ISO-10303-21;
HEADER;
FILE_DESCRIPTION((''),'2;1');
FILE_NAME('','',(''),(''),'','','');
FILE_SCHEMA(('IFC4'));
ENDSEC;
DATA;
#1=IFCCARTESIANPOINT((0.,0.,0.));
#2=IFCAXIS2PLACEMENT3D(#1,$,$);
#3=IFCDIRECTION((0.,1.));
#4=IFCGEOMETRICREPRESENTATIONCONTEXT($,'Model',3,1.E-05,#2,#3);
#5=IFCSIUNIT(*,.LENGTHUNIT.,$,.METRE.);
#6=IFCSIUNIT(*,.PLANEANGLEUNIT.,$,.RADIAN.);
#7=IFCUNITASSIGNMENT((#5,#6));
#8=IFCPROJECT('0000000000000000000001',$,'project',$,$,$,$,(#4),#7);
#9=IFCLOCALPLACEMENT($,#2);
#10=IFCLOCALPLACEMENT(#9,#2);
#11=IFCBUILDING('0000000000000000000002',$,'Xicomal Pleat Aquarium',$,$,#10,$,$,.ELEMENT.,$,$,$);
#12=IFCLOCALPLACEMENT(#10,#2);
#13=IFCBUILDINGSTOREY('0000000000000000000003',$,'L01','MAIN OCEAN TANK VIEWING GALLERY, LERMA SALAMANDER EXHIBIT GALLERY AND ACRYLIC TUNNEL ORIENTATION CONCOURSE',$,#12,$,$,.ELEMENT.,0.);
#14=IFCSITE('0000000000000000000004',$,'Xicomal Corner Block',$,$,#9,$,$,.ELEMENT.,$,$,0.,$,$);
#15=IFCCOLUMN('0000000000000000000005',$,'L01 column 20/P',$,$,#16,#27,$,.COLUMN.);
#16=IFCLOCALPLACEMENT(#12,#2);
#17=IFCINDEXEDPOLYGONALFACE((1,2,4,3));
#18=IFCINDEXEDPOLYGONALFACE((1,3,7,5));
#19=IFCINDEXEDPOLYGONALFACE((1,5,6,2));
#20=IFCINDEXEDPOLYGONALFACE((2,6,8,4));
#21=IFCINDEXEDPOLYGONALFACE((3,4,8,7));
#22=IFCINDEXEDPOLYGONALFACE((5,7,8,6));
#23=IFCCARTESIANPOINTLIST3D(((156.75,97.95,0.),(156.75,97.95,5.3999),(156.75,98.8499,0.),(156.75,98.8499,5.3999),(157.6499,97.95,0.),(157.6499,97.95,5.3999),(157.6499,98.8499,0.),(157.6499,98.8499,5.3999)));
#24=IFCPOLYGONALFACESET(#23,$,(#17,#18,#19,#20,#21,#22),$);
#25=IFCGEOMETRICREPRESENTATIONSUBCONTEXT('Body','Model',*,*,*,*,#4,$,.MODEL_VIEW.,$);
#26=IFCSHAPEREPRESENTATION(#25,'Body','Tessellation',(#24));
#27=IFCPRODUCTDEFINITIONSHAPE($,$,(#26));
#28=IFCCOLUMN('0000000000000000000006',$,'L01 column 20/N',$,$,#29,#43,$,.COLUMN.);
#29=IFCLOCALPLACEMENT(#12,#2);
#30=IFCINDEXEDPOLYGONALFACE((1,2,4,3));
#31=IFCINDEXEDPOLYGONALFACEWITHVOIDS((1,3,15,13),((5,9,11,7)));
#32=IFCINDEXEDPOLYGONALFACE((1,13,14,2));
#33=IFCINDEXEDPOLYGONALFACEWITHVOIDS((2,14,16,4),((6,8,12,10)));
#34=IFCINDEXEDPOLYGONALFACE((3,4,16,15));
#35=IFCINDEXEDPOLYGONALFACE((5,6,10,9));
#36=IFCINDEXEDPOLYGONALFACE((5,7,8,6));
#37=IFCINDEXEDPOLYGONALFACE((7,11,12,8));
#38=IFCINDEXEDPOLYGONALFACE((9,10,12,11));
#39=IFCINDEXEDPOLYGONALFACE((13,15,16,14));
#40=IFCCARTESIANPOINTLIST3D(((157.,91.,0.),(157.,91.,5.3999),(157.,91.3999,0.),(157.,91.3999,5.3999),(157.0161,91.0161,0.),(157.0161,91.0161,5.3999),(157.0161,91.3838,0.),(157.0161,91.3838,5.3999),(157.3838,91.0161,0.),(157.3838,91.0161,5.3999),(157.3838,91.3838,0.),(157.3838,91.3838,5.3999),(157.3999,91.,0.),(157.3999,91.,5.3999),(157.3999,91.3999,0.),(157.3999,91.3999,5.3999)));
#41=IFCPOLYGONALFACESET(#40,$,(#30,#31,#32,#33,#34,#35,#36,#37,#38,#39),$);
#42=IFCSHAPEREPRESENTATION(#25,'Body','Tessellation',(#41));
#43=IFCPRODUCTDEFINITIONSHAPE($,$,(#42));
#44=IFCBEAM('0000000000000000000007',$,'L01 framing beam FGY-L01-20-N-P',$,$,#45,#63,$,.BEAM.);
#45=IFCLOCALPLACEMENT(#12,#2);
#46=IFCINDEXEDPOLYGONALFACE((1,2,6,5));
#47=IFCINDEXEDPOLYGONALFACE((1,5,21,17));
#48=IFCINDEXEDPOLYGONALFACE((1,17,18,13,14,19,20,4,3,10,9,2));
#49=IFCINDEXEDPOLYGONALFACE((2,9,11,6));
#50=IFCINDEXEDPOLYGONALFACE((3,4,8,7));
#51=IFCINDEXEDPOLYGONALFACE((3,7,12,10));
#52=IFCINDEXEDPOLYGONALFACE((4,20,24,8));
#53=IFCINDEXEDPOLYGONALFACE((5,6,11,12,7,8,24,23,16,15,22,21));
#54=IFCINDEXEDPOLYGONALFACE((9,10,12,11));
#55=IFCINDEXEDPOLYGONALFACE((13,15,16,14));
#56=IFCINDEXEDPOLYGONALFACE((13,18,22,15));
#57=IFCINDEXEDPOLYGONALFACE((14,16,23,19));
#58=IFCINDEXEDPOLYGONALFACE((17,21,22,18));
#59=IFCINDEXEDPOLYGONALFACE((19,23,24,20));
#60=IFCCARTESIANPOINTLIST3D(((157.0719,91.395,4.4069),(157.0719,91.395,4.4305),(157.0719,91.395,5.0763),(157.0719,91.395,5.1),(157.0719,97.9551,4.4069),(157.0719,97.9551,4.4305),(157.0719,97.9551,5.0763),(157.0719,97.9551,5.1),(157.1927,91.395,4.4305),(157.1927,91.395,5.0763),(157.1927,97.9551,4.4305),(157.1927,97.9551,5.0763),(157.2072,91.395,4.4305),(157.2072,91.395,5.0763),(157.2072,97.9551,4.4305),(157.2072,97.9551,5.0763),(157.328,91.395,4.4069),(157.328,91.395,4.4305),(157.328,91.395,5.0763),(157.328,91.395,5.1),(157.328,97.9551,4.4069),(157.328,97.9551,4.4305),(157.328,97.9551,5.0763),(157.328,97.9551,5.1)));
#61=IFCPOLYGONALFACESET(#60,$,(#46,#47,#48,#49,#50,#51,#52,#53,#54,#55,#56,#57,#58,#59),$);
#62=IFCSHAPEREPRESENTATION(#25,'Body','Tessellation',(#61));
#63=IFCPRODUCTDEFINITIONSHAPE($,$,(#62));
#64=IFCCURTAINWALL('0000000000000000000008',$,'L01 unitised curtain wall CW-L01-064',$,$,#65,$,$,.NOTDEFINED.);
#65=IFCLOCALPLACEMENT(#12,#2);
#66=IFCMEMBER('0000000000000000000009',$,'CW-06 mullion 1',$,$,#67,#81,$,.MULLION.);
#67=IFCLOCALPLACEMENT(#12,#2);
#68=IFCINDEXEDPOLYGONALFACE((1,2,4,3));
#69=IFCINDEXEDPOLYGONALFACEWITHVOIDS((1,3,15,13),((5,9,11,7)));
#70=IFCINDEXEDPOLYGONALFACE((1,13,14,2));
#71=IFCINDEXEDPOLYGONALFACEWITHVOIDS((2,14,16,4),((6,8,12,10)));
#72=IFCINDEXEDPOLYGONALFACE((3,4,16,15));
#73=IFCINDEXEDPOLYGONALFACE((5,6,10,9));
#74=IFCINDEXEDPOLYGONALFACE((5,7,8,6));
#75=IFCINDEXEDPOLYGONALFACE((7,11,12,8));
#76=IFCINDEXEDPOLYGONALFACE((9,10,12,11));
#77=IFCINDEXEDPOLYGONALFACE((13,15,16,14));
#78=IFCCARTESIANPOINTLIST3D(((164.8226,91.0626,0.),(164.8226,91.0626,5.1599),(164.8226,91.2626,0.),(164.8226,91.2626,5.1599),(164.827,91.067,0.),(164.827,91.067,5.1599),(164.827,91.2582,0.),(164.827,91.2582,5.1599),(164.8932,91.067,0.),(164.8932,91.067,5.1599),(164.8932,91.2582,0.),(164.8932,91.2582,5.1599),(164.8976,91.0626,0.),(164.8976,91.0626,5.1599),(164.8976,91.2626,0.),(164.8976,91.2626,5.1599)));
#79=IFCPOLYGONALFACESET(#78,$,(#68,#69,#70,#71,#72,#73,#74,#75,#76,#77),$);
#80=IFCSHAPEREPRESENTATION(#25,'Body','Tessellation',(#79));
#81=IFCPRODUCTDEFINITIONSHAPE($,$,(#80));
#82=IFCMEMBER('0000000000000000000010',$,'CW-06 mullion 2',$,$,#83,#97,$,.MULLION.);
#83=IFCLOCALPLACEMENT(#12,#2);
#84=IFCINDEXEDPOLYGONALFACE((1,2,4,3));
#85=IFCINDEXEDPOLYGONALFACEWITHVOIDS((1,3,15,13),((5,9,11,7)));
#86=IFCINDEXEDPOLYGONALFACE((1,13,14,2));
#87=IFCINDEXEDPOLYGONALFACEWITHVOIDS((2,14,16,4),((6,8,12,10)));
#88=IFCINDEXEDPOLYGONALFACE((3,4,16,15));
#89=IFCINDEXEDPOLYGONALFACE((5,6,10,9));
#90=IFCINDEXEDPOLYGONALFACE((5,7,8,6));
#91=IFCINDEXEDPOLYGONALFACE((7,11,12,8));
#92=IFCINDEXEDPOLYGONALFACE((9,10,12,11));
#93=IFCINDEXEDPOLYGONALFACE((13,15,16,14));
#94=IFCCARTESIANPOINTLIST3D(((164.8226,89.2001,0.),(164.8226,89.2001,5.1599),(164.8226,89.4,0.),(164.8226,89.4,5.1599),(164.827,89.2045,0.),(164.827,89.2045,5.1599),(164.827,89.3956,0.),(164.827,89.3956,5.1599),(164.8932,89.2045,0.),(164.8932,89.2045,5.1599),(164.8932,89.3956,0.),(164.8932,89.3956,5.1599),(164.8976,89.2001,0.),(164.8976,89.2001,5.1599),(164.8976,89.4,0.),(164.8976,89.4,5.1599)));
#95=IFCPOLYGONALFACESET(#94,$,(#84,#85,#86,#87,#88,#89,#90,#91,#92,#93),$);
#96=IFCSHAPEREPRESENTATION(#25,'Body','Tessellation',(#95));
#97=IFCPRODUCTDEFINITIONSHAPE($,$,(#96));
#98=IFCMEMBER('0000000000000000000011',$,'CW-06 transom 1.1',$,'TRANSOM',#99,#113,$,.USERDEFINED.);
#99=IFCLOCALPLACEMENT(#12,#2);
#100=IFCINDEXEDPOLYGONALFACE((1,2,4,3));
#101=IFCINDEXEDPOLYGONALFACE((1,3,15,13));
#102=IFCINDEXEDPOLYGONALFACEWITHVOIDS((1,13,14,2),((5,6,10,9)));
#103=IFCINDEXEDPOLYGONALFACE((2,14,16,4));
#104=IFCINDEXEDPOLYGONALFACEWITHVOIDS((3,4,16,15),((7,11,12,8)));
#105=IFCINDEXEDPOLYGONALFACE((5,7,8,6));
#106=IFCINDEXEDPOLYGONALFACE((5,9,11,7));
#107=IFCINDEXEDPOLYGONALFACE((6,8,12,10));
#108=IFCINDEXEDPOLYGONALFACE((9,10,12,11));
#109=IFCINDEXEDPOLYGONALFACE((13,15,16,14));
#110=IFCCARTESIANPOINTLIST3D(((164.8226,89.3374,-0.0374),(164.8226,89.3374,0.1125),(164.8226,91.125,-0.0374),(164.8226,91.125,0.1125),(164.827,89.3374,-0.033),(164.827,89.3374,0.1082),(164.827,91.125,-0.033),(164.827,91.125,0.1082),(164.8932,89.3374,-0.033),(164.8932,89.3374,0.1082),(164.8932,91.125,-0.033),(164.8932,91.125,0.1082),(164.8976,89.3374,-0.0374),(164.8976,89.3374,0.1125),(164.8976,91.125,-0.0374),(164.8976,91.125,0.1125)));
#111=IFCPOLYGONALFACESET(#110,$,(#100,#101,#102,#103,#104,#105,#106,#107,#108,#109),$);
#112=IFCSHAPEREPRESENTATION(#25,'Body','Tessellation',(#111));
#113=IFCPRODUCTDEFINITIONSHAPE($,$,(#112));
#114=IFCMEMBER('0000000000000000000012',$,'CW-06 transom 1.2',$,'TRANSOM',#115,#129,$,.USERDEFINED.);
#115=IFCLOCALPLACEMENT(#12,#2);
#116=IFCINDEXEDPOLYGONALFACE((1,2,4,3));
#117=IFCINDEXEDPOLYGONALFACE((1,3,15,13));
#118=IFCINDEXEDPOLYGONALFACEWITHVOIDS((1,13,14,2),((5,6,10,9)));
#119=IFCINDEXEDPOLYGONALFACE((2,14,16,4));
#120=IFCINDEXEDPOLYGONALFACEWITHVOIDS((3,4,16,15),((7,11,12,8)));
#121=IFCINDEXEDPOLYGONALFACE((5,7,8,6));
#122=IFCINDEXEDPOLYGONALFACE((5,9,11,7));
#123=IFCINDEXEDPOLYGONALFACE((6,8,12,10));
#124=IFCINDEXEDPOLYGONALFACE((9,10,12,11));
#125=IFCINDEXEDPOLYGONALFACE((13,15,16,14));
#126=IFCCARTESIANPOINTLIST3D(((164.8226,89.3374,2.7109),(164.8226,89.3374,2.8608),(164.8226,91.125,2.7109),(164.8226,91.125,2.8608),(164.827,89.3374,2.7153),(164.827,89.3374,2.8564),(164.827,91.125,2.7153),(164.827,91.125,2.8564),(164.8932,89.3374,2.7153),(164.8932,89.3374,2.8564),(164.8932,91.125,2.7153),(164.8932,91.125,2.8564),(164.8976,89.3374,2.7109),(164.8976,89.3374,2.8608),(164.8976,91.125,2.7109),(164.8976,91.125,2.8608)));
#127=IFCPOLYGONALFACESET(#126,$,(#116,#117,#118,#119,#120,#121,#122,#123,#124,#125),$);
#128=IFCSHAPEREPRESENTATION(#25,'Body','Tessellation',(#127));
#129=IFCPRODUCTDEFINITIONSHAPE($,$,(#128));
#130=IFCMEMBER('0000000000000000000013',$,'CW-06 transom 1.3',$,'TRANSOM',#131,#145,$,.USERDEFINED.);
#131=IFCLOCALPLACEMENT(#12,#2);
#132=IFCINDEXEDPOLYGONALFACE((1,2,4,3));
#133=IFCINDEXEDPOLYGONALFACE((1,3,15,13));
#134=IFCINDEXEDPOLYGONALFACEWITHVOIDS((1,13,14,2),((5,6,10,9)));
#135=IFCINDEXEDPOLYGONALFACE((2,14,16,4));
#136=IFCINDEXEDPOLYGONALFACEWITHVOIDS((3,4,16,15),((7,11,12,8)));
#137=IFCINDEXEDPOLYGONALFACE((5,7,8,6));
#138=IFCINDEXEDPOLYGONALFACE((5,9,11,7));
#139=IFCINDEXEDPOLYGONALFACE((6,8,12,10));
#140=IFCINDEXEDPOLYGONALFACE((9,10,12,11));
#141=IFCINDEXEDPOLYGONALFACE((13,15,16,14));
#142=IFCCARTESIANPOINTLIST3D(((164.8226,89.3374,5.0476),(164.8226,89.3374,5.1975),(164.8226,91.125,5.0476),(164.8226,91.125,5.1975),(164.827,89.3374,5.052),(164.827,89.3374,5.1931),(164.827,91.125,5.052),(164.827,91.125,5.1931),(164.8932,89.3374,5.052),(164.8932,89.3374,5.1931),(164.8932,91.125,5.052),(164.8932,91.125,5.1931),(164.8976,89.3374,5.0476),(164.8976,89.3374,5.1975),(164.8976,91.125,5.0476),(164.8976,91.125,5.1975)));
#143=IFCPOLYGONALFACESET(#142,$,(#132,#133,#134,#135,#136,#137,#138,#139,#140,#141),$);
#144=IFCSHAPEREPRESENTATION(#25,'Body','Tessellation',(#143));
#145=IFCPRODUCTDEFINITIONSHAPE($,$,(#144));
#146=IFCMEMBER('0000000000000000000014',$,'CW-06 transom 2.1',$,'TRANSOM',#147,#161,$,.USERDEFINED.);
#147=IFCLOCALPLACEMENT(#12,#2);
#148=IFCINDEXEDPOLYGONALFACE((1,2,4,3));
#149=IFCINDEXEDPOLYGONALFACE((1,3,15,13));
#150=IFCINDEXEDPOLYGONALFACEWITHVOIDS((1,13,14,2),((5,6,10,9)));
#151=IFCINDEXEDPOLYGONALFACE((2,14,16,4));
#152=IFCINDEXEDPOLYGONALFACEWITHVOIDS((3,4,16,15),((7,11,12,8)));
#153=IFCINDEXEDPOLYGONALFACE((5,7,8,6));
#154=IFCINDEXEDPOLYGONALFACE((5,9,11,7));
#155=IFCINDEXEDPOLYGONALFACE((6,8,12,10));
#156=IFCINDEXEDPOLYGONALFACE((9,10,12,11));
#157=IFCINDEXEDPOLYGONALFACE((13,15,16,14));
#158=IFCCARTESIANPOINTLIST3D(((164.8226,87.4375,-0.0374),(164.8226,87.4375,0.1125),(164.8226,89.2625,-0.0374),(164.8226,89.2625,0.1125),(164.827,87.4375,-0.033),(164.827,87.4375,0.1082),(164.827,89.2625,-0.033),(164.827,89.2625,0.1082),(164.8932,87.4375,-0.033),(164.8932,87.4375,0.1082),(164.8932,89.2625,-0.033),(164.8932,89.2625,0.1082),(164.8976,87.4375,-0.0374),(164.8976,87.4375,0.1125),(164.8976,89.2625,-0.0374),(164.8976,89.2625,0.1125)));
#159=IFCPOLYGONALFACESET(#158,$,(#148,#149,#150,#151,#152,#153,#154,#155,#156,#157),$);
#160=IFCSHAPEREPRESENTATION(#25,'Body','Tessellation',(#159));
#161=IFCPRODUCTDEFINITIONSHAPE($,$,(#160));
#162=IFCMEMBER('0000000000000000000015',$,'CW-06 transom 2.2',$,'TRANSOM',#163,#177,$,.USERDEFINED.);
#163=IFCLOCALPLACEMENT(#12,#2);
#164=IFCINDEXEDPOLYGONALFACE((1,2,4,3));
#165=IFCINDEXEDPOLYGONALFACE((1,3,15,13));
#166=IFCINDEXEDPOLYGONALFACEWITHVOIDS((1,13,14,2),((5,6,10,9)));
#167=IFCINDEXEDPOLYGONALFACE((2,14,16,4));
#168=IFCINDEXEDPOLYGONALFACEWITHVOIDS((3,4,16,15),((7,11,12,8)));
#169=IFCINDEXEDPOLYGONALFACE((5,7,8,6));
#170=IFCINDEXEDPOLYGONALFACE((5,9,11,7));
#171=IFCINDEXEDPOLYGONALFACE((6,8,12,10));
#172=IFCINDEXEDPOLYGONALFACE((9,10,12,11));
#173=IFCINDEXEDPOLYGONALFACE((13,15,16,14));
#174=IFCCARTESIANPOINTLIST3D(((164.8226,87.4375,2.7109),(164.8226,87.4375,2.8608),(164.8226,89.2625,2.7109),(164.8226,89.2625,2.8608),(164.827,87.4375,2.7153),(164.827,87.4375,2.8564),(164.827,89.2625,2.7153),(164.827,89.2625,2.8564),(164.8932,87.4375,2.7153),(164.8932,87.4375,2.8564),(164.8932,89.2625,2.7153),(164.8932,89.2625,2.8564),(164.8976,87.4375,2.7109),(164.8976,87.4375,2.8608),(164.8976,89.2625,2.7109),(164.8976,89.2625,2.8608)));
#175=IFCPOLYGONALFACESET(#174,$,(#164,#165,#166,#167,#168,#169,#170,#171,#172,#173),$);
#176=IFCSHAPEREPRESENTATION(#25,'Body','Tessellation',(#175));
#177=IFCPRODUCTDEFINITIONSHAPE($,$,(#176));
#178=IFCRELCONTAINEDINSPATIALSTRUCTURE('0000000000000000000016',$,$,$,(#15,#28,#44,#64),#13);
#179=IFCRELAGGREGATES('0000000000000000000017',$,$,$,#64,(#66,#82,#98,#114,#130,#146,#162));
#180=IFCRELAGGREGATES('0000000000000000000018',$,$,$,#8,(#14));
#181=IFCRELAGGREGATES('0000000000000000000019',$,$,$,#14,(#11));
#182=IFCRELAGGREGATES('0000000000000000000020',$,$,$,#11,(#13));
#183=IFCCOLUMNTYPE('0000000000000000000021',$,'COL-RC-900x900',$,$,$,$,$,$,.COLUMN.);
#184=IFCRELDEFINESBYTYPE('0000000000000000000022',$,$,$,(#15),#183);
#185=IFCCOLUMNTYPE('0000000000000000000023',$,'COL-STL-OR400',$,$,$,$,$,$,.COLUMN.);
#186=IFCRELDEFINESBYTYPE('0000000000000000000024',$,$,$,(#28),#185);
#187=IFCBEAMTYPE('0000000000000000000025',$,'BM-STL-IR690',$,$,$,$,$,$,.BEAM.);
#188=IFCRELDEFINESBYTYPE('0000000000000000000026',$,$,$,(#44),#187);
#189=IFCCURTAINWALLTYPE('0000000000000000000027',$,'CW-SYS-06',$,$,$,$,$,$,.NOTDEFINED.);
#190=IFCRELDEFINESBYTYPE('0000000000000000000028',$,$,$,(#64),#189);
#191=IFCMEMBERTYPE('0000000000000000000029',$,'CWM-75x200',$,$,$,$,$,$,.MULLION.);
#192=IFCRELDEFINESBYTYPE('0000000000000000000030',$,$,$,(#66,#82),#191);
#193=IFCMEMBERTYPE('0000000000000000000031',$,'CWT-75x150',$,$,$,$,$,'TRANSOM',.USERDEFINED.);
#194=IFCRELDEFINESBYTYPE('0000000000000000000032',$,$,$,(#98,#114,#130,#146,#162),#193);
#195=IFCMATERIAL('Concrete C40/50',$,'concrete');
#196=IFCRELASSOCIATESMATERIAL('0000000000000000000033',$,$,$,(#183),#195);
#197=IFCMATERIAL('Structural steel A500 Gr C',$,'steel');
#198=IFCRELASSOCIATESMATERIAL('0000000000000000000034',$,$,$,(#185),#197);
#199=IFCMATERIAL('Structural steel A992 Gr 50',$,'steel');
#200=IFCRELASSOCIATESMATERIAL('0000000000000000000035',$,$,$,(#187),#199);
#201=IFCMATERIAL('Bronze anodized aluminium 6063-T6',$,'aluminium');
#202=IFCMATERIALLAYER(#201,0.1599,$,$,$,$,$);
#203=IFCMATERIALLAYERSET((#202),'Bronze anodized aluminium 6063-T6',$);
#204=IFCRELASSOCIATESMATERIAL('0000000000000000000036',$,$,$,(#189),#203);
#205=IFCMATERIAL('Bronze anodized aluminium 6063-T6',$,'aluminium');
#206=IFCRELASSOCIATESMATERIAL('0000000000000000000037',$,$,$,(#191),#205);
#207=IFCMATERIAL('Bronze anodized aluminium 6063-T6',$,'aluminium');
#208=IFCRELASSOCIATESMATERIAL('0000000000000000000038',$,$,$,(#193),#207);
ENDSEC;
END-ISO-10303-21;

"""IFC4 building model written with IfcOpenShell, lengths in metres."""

from ifc_helpers import new_model, si_unit, direction, frame, origin, origin_2d, place, context, subcontext, project, spatial, rectangle, hollow_rectangle, i_section, extrude, material, layer, layer_set, material_profile, profile_set, type_object, element, aggregate, save


model = new_model("IFC4")

# Units and contexts
model_context = context("Model", 3, precision=1e-05, world=origin(), true_north=direction((0.0, 1.0)))
body_context = subcontext(model_context, "Body", "Model", "MODEL_VIEW")
ifc_project = project(units=[si_unit("LENGTHUNIT", "METRE"), si_unit("PLANEANGLEUNIT", "RADIAN")], contexts=[model_context])

# Site, building, storey
site_placement = place(None, origin())
site = spatial("IfcSite", under=ifc_project, at=site_placement, Name="Xicomal Corner Block", CompositionType="ELEMENT", RefElevation=0.0)
building_placement = place(site_placement, origin())
building = spatial("IfcBuilding", under=site, at=building_placement, Name="Xicomal Pleat Aquarium", CompositionType="ELEMENT")
storey_placement = place(building_placement, origin())
storey = spatial("IfcBuildingStorey", under=building, at=storey_placement, Name="L01", Description="MAIN OCEAN TANK VIEWING GALLERY, LERMA SALAMANDER EXHIBIT GALLERY AND ACRYLIC TUNNEL ORIENTATION CONCOURSE", CompositionType="ELEMENT", Elevation=0.0)

# Columns
ifc_material_1 = material(Name="Concrete C40/50", Category="concrete")
ifc_material_profile_1 = material_profile(ifc_material_1, rectangle(XDim=0.8999, YDim=0.8999, at=origin_2d()), Name="RC 900x900")
ifc_profile_set_1 = profile_set([ifc_material_profile_1], Name="Concrete C40/50")
column_type_1 = type_object("IfcColumnType", Name="COL-RC-900x900", PredefinedType="COLUMN", material=ifc_profile_set_1)
column_1_placement = place(storey_placement, frame((157.2, 98.3999, 0.0), z_axis=(0.0, 0.0, 1.0), x_axis=(1.0, 0.0, 0.0)))
element("IfcColumn", 1, at=column_1_placement, inside=storey, type_object=column_type_1, Name="L01 column 20/P", PredefinedType="COLUMN", context=body_context, shape_type="SweptSolid", body=[
    extrude(rectangle(XDim=0.8999, YDim=0.8999, at=origin_2d()), origin(), (0.0, 0.0, 1.0), 5.3999),
])
ifc_material_2 = material(Name="Structural steel A500 Gr C", Category="steel")
ifc_material_profile_2 = material_profile(ifc_material_2, hollow_rectangle(XDim=0.3999, YDim=0.3999, WallThickness=0.0161, at=origin_2d()), Name="OR 400x400x16")
ifc_profile_set_2 = profile_set([ifc_material_profile_2], Name="Structural steel A500 Gr C")
column_type_2 = type_object("IfcColumnType", Name="COL-STL-OR400", PredefinedType="COLUMN", material=ifc_profile_set_2)
column_2_placement = place(storey_placement, frame((157.2, 91.2, 0.0), z_axis=(0.0, 0.0, 1.0), x_axis=(1.0, 0.0, 0.0)))
element("IfcColumn", 2, at=column_2_placement, inside=storey, type_object=column_type_2, Name="L01 column 20/N", PredefinedType="COLUMN", context=body_context, shape_type="SweptSolid", body=[
    extrude(hollow_rectangle(XDim=0.3999, YDim=0.3999, WallThickness=0.0161, at=origin_2d()), origin(), (0.0, 0.0, 1.0), 5.3999),
])

# Beam
ifc_material_3 = material(Name="Structural steel A992 Gr 50", Category="steel")
ifc_material_profile_3 = material_profile(ifc_material_3, i_section(OverallWidth=0.2561, OverallDepth=0.6931, WebThickness=0.0144, FlangeThickness=0.0237, at=origin_2d()), Name="IR 690x170")
ifc_profile_set_3 = profile_set([ifc_material_profile_3], Name="Structural steel A992 Gr 50")
beam_type = type_object("IfcBeamType", Name="BM-STL-IR690", PredefinedType="BEAM", material=ifc_profile_set_3)
beam_placement = place(storey_placement, frame((157.2, 91.395, 4.7534), z_axis=(0.0, 1.0, 0.0), x_axis=(-1.0, 0.0, 0.0)))
element("IfcBeam", 3, at=beam_placement, inside=storey, type_object=beam_type, Name="L01 framing beam FGY-L01-20-N-P", PredefinedType="BEAM", context=body_context, shape_type="SweptSolid", body=[
    extrude(i_section(OverallWidth=0.2561, OverallDepth=0.6931, WebThickness=0.0144, FlangeThickness=0.0237, at=origin_2d()), origin(), (0.0, 0.0, 1.0), 6.5601),
])

# Curtain wall, members
ifc_material_4 = material(Name="Bronze anodized aluminium 6063-T6", Category="aluminium")
ifc_layer_1 = layer(ifc_material_4, 0.1599)
ifc_layer_set_1 = layer_set([ifc_layer_1], Name="Bronze anodized aluminium 6063-T6")
curtain_wall_type = type_object("IfcCurtainWallType", Name="CW-SYS-06", PredefinedType="NOTDEFINED", material=ifc_layer_set_1)
curtain_wall_placement = place(storey_placement, origin())
curtain_wall = element("IfcCurtainWall", 4, at=curtain_wall_placement, inside=storey, type_object=curtain_wall_type, Name="L01 unitised curtain wall CW-L01-064", PredefinedType="NOTDEFINED")
ifc_material_5 = material(Name="Bronze anodized aluminium 6063-T6", Category="aluminium")
ifc_material_profile_4 = material_profile(ifc_material_5, hollow_rectangle(XDim=0.075, YDim=0.2, WallThickness=0.0044, at=origin_2d()), Name="ALU MULL 75x200")
ifc_profile_set_4 = profile_set([ifc_material_profile_4], Name="Bronze anodized aluminium 6063-T6")
member_type_1 = type_object("IfcMemberType", Name="CWM-75x200", PredefinedType="MULLION", material=ifc_profile_set_4)
member_1_placement = place(storey_placement, frame((164.8601, 91.1626, 0.0), z_axis=(0.0, 0.0, 1.0), x_axis=(1.0, 0.0, 0.0)))
member_1 = element("IfcMember", 5, at=member_1_placement, type_object=member_type_1, Name="CW-06 mullion 1", PredefinedType="MULLION", context=body_context, shape_type="SweptSolid", body=[
    extrude(hollow_rectangle(XDim=0.075, YDim=0.2, WallThickness=0.0044, at=origin_2d()), origin(), (0.0, 0.0, 1.0), 5.1599),
])
member_2_placement = place(storey_placement, frame((164.8601, 89.3, 0.0), z_axis=(0.0, 0.0, 1.0), x_axis=(1.0, 0.0, 0.0)))
member_2 = element("IfcMember", 6, at=member_2_placement, type_object=member_type_1, Name="CW-06 mullion 2", PredefinedType="MULLION", context=body_context, shape_type="SweptSolid", body=[
    extrude(hollow_rectangle(XDim=0.075, YDim=0.2, WallThickness=0.0044, at=origin_2d()), origin(), (0.0, 0.0, 1.0), 5.1599),
])
ifc_material_6 = material(Name="Bronze anodized aluminium 6063-T6", Category="aluminium")
ifc_material_profile_5 = material_profile(ifc_material_6, hollow_rectangle(XDim=0.075, YDim=0.1499, WallThickness=0.0044, at=origin_2d()), Name="ALU TRAN 75x150")
ifc_profile_set_5 = profile_set([ifc_material_profile_5], Name="Bronze anodized aluminium 6063-T6")
member_type_2 = type_object("IfcMemberType", Name="CWT-75x150", ElementType="TRANSOM", PredefinedType="USERDEFINED", material=ifc_profile_set_5)
member_3_placement = place(storey_placement, frame((164.8601, 91.125, 0.0376), z_axis=(0.0, -1.0, 0.0), x_axis=(1.0, 0.0, 0.0)))
member_3 = element("IfcMember", 7, at=member_3_placement, type_object=member_type_2, Name="CW-06 transom 1.1", ObjectType="TRANSOM", PredefinedType="USERDEFINED", context=body_context, shape_type="SweptSolid", body=[
    extrude(hollow_rectangle(XDim=0.075, YDim=0.1499, WallThickness=0.0044, at=origin_2d()), origin(), (0.0, 0.0, 1.0), 1.7876),
])
member_4_placement = place(storey_placement, frame((164.8601, 91.125, 2.7859), z_axis=(0.0, -1.0, 0.0), x_axis=(1.0, 0.0, 0.0)))
member_4 = element("IfcMember", 8, at=member_4_placement, type_object=member_type_2, Name="CW-06 transom 1.2", ObjectType="TRANSOM", PredefinedType="USERDEFINED", context=body_context, shape_type="SweptSolid", body=[
    extrude(hollow_rectangle(XDim=0.075, YDim=0.1499, WallThickness=0.0044, at=origin_2d()), origin(), (0.0, 0.0, 1.0), 1.7876),
])
member_5_placement = place(storey_placement, frame((164.8601, 91.125, 5.1226), z_axis=(0.0, -1.0, 0.0), x_axis=(1.0, 0.0, 0.0)))
member_5 = element("IfcMember", 9, at=member_5_placement, type_object=member_type_2, Name="CW-06 transom 1.3", ObjectType="TRANSOM", PredefinedType="USERDEFINED", context=body_context, shape_type="SweptSolid", body=[
    extrude(hollow_rectangle(XDim=0.075, YDim=0.1499, WallThickness=0.0044, at=origin_2d()), origin(), (0.0, 0.0, 1.0), 1.7876),
])
member_6_placement = place(storey_placement, frame((164.8601, 89.2625, 0.0376), z_axis=(0.0, -1.0, 0.0), x_axis=(1.0, 0.0, 0.0)))
member_6 = element("IfcMember", 10, at=member_6_placement, type_object=member_type_2, Name="CW-06 transom 2.1", ObjectType="TRANSOM", PredefinedType="USERDEFINED", context=body_context, shape_type="SweptSolid", body=[
    extrude(hollow_rectangle(XDim=0.075, YDim=0.1499, WallThickness=0.0044, at=origin_2d()), origin(), (0.0, 0.0, 1.0), 1.825),
])
member_7_placement = place(storey_placement, frame((164.8601, 89.2625, 2.7859), z_axis=(0.0, -1.0, 0.0), x_axis=(1.0, 0.0, 0.0)))
member_7 = element("IfcMember", 11, at=member_7_placement, type_object=member_type_2, Name="CW-06 transom 2.2", ObjectType="TRANSOM", PredefinedType="USERDEFINED", context=body_context, shape_type="SweptSolid", body=[
    extrude(hollow_rectangle(XDim=0.075, YDim=0.1499, WallThickness=0.0044, at=origin_2d()), origin(), (0.0, 0.0, 1.0), 1.825),
])

aggregate(curtain_wall, [member_1, member_2, member_3, member_4, member_5, member_6, member_7])

save(model, "model.ifc")
